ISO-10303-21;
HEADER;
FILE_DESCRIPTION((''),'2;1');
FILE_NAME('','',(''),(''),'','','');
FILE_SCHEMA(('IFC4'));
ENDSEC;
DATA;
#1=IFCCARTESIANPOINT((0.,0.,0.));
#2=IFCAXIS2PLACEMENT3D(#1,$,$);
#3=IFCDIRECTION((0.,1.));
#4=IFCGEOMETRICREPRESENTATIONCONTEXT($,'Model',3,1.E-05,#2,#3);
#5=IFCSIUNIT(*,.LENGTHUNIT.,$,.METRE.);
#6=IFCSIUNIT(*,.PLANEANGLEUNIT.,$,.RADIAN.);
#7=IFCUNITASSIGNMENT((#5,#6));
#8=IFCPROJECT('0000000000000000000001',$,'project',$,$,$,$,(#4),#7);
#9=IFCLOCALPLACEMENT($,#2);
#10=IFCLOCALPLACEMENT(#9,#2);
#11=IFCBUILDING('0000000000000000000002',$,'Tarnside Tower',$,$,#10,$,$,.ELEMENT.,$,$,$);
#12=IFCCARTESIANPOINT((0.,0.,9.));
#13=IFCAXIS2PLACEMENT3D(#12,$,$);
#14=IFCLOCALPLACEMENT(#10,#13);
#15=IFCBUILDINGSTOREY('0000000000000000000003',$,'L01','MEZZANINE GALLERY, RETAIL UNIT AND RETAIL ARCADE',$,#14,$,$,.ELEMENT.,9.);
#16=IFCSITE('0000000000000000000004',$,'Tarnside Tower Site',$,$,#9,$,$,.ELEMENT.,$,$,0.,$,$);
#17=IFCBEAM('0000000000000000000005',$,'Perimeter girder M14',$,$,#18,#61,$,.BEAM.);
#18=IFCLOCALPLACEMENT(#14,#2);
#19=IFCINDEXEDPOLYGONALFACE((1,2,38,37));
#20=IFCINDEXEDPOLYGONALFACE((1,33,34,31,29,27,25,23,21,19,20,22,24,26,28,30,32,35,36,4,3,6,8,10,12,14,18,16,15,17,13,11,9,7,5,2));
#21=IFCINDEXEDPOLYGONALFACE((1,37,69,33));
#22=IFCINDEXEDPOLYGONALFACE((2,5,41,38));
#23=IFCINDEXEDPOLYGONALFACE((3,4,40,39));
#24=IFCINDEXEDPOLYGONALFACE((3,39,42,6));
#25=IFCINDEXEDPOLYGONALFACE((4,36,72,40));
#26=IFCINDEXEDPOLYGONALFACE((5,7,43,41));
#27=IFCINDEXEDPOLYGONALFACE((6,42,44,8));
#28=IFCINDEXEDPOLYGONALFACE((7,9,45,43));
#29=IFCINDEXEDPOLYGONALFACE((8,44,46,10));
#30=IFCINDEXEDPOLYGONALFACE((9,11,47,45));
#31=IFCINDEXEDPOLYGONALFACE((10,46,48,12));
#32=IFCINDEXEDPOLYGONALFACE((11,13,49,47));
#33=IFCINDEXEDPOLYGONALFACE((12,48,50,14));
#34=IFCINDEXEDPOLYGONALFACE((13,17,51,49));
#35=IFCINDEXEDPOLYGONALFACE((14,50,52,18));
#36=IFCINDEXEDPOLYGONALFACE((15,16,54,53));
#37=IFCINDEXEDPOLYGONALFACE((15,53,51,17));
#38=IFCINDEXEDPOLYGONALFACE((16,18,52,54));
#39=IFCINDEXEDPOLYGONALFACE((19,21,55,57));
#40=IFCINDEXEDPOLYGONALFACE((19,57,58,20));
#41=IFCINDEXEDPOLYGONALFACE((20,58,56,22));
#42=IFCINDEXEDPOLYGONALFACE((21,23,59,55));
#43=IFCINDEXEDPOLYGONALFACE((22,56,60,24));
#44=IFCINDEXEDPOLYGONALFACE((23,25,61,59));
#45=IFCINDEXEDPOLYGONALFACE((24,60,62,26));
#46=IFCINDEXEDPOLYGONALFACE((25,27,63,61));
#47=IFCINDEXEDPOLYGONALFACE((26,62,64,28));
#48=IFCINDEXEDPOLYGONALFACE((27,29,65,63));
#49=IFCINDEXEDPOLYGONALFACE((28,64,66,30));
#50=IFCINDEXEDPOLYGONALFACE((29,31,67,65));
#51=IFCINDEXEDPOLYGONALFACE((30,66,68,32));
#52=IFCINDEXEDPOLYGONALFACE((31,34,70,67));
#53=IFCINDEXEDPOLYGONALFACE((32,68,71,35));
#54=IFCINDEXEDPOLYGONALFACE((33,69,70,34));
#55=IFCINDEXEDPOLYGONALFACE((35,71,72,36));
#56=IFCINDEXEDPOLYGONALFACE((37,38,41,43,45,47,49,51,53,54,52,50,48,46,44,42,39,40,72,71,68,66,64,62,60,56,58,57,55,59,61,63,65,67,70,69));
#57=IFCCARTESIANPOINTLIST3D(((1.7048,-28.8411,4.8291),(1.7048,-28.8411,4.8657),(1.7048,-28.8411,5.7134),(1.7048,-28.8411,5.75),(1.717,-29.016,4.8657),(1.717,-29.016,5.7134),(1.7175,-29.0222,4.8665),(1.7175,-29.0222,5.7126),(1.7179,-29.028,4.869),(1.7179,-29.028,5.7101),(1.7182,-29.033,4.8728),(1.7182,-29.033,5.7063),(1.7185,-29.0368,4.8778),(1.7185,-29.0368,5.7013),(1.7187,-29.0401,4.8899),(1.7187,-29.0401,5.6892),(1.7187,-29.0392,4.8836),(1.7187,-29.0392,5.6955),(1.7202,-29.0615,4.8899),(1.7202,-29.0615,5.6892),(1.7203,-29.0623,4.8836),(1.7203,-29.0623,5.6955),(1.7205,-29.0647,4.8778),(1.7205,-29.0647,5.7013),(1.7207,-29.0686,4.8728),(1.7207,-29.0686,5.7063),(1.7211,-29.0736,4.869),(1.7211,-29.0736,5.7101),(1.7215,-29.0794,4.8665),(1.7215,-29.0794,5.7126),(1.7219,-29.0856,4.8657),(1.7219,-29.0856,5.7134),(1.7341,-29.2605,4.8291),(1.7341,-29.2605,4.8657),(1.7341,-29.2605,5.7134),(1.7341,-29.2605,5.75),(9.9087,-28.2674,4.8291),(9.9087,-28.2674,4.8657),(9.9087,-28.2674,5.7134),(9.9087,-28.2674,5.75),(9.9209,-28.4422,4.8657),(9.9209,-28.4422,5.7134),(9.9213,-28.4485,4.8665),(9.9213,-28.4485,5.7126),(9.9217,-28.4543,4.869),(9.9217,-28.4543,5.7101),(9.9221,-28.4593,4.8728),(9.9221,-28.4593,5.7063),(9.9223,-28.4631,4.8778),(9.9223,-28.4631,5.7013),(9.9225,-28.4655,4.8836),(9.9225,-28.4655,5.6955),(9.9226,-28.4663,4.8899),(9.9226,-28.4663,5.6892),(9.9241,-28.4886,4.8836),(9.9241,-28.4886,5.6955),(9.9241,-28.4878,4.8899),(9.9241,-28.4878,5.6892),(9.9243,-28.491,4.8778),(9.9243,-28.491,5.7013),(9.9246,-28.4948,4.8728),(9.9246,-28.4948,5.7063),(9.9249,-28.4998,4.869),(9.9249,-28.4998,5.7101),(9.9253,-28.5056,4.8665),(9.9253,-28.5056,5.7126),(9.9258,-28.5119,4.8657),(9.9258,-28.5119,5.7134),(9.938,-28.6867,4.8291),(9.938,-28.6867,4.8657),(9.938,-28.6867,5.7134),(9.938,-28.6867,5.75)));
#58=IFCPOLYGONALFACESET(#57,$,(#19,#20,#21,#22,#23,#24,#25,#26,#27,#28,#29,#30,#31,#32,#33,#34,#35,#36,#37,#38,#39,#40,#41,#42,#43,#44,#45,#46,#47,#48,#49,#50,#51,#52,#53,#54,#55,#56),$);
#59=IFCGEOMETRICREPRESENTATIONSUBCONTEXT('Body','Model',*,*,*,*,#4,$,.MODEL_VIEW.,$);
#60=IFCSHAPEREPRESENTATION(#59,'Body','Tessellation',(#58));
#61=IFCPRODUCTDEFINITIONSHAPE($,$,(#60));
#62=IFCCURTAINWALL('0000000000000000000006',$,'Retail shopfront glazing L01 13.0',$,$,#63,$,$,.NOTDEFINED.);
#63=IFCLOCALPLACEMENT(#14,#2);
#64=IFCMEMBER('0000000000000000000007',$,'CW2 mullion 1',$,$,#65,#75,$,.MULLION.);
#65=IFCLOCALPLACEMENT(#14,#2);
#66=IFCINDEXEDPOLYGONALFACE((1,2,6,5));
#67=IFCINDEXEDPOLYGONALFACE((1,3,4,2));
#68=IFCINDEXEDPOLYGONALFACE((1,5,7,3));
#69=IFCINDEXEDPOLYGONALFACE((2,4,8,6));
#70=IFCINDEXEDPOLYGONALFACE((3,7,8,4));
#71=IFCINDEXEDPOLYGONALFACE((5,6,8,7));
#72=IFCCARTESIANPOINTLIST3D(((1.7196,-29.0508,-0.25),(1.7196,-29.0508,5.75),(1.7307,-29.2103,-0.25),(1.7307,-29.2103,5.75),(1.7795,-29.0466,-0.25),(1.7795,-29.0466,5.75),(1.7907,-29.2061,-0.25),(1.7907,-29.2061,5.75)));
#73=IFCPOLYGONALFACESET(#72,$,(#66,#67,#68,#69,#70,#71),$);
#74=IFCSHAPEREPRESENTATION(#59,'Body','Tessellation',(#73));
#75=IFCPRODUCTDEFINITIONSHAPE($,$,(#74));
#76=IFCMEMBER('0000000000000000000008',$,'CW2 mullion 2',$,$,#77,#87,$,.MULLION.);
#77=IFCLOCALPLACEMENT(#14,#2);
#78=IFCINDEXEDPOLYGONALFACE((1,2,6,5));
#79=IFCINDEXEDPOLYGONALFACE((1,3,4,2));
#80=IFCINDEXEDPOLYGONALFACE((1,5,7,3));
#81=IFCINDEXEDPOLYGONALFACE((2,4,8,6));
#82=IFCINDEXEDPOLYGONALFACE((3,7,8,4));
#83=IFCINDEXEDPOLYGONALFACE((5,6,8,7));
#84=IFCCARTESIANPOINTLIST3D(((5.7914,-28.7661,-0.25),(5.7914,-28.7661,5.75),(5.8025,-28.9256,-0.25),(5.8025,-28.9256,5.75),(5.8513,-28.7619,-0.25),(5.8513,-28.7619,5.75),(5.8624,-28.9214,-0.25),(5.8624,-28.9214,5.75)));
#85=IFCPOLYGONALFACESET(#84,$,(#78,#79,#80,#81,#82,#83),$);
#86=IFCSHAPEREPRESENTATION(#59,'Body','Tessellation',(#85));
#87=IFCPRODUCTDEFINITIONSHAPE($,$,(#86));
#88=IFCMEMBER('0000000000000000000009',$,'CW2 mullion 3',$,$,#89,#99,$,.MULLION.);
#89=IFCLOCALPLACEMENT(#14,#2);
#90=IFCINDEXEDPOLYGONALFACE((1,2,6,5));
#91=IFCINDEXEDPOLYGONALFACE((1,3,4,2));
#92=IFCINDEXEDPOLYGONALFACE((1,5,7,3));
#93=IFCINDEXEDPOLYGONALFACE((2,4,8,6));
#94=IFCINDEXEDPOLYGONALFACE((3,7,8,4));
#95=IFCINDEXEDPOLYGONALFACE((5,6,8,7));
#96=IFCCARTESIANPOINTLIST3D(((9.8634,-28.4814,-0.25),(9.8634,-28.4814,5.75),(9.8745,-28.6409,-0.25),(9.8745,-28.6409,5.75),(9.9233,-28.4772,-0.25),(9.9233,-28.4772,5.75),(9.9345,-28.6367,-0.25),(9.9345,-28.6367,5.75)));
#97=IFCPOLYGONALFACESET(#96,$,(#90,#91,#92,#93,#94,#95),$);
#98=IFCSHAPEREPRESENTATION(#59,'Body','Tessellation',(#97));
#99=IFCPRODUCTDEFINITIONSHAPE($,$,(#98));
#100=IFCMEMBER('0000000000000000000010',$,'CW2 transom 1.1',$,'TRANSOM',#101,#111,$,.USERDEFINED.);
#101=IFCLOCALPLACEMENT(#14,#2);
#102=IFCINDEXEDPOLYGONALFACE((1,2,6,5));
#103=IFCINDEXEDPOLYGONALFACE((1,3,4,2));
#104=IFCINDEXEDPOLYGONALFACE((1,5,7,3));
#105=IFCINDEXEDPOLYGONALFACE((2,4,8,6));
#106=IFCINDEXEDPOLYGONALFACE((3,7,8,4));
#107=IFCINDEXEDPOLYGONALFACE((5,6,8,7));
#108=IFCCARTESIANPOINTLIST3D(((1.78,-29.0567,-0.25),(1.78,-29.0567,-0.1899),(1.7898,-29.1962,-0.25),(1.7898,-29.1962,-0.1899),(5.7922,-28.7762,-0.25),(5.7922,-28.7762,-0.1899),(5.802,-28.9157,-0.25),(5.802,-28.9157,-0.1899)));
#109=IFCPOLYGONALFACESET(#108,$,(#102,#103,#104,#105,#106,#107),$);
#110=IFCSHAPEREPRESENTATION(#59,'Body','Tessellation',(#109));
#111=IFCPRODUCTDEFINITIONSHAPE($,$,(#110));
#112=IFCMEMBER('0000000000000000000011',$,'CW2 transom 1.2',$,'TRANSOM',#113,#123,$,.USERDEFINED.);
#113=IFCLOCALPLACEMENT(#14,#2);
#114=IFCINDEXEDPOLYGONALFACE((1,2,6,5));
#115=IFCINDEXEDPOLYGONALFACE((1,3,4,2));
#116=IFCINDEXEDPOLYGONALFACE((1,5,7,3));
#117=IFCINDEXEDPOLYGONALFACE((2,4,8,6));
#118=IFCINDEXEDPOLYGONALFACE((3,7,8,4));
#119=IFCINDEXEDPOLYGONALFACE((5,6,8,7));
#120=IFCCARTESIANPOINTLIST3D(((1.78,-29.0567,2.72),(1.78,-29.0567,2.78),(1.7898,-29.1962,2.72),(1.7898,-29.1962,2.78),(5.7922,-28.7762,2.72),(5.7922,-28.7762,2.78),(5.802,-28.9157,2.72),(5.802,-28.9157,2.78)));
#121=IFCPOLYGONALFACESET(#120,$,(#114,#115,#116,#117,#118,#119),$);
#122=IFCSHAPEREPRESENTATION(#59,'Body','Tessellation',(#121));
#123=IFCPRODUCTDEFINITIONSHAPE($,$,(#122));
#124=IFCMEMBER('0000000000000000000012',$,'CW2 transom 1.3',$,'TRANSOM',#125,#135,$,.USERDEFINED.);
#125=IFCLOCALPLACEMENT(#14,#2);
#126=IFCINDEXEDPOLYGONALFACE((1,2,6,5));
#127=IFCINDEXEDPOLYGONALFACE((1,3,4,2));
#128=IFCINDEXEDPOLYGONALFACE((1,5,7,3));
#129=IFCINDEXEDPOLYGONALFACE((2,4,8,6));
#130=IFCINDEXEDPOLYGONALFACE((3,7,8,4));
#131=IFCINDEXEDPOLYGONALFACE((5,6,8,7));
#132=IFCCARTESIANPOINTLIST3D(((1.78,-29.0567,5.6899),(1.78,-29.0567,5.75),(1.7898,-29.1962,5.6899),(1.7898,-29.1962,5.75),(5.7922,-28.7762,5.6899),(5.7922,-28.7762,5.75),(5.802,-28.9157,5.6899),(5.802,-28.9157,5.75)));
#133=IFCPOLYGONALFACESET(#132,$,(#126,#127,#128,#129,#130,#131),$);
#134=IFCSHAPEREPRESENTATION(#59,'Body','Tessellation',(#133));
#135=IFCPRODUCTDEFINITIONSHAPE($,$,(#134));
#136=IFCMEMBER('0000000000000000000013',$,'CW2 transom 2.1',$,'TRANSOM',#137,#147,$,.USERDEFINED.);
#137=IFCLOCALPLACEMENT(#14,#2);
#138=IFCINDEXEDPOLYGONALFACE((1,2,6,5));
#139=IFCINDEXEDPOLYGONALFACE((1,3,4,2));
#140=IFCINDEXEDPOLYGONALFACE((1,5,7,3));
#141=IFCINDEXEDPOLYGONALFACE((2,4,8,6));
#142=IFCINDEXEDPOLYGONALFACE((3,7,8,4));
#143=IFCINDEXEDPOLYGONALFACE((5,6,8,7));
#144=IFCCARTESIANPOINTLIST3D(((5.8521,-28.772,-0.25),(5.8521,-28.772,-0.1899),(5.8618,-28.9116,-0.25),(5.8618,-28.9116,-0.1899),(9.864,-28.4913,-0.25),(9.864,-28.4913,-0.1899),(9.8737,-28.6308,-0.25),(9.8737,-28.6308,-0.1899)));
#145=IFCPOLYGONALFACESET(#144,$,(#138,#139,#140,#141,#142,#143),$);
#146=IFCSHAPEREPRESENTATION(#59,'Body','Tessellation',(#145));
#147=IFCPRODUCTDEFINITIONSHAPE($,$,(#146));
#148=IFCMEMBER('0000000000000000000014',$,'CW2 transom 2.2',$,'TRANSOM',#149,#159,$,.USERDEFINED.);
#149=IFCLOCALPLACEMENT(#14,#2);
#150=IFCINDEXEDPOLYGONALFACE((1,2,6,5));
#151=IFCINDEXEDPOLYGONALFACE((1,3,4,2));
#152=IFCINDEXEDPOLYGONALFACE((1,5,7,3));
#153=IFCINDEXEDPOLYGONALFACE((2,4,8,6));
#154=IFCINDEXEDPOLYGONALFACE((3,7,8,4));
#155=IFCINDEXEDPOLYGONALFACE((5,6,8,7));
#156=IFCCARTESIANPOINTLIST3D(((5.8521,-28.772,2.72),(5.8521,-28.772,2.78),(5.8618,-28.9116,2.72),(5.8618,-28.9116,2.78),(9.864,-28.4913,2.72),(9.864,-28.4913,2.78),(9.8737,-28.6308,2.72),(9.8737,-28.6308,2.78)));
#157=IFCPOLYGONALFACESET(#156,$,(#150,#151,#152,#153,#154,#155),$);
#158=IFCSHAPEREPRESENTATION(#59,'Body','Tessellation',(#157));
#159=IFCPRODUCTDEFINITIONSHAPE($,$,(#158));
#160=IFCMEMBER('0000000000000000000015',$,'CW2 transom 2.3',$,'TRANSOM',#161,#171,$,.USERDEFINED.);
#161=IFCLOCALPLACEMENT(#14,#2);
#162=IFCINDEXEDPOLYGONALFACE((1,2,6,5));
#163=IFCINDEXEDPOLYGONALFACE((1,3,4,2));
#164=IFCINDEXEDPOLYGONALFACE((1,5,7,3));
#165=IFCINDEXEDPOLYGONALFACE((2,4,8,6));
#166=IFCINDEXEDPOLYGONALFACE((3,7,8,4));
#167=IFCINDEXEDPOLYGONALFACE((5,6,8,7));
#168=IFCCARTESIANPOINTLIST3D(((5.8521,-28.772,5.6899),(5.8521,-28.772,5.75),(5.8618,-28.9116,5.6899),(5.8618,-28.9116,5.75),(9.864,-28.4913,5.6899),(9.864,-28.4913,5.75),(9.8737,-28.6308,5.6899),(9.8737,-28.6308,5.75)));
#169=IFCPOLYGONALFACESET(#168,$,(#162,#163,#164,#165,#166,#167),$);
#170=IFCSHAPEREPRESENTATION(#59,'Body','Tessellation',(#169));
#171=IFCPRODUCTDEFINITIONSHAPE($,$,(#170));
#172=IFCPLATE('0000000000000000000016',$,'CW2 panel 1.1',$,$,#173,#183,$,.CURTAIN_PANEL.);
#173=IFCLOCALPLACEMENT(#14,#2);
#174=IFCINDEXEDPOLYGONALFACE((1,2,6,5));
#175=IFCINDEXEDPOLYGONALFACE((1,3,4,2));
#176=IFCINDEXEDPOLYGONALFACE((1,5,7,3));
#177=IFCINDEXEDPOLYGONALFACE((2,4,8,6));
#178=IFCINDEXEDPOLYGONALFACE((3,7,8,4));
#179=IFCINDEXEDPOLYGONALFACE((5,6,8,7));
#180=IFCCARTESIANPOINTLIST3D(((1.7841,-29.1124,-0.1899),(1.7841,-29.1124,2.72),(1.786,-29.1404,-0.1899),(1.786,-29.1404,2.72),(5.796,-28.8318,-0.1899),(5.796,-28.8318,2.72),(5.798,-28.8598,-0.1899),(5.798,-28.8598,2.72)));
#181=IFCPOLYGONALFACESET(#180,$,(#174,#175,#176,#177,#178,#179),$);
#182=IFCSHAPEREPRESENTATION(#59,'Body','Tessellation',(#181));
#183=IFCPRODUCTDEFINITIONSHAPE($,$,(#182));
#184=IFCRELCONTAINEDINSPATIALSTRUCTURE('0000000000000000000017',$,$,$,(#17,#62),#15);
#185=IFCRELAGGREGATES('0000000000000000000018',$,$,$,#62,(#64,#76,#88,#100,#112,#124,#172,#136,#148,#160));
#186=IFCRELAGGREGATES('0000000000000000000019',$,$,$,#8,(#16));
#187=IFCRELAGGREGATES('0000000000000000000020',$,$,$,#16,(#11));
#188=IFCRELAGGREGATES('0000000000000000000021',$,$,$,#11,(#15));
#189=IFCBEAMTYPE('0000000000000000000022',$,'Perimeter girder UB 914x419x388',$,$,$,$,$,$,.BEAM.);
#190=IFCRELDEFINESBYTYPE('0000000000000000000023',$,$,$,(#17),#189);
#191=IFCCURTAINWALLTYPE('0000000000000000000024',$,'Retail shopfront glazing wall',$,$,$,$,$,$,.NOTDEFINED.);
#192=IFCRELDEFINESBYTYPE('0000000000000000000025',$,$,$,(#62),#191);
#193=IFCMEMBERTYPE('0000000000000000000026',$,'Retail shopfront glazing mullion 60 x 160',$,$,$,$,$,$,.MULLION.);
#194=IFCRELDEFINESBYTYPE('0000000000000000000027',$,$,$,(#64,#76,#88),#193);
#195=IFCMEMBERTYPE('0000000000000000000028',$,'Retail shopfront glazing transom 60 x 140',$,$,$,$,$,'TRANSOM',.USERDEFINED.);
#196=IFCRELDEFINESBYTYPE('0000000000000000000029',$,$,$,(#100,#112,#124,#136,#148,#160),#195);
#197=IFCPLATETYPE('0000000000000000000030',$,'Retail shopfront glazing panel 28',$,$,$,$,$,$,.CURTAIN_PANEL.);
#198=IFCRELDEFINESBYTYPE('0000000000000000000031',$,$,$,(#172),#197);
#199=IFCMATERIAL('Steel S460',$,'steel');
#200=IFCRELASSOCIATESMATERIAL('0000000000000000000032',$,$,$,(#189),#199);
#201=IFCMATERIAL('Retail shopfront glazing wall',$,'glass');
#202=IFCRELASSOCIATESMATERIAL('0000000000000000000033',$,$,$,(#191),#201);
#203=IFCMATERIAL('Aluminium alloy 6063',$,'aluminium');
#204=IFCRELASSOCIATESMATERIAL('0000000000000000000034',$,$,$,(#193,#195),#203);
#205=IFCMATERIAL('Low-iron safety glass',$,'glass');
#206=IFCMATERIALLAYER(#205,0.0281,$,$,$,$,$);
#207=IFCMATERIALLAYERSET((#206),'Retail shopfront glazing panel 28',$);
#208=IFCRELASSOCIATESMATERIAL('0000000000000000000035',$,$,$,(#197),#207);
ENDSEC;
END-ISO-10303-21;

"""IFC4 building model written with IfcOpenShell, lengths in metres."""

from ifc_helpers import new_model, si_unit, direction, frame, origin, origin_2d, place, context, subcontext, project, spatial, rectangle, i_section, extrude, material, layer, layer_set, material_profile, profile_set, type_object, element, aggregate, save


model = new_model("IFC4")

# Units and contexts
model_context = context("Model", 3, precision=1e-05, world=origin(), true_north=direction((0.0, 1.0)))
body_context = subcontext(model_context, "Body", "Model", "MODEL_VIEW")
ifc_project = project(units=[si_unit("LENGTHUNIT", "METRE"), si_unit("PLANEANGLEUNIT", "RADIAN")], contexts=[model_context])

# Site, building, storey
site_placement = place(None, origin())
site = spatial("IfcSite", under=ifc_project, at=site_placement, Name="Tarnside Tower Site", CompositionType="ELEMENT", RefElevation=0.0)
building_placement = place(site_placement, origin())
building = spatial("IfcBuilding", under=site, at=building_placement, Name="Tarnside Tower", CompositionType="ELEMENT")
storey_placement = place(building_placement, frame((0.0, 0.0, 9.0)))
storey = spatial("IfcBuildingStorey", under=building, at=storey_placement, Name="L01", Description="MEZZANINE GALLERY, RETAIL UNIT AND RETAIL ARCADE", CompositionType="ELEMENT", Elevation=9.0)

# Beam
ifc_material_1 = material(Name="Steel S460", Category="steel")
ifc_material_profile_1 = material_profile(ifc_material_1, i_section(OverallWidth=0.4204, OverallDepth=0.9209, WebThickness=0.0215, FlangeThickness=0.0366, FilletRadius=0.0242, at=origin_2d()), Name="UB 914x419x388")
ifc_profile_set_1 = profile_set([ifc_material_profile_1], Name="Steel S460")
beam_type_1 = type_object("IfcBeamType", Name="Perimeter girder UB 914x419x388", PredefinedType="BEAM", material=ifc_profile_set_1)
beam_1_placement = place(storey_placement, frame((1.7195, -29.0508, 5.2896), z_axis=(0.997564, 0.069764, 0.0), x_axis=(-0.069764, 0.997564, 0.0)))
element("IfcBeam", 1, at=beam_1_placement, inside=storey, type_object=beam_type_1, Name="Perimeter girder M14", PredefinedType="BEAM", context=body_context, shape_type="SweptSolid", body=[
    extrude(i_section(OverallWidth=0.4204, OverallDepth=0.9209, WebThickness=0.0215, FlangeThickness=0.0366, FilletRadius=0.0242, at=origin_2d()), origin(), (0.0, 0.0, 1.0), 8.2239),
])

# Curtain wall, members, plate
ifc_material_2 = material(Name="Retail shopfront glazing wall", Category="glass")
curtain_wall_type = type_object("IfcCurtainWallType", Name="Retail shopfront glazing wall", PredefinedType="NOTDEFINED", material=ifc_material_2)
curtain_wall_placement = place(storey_placement, origin())
curtain_wall = element("IfcCurtainWall", 2, at=curtain_wall_placement, inside=storey, type_object=curtain_wall_type, Name="Retail shopfront glazing L01 13.0", PredefinedType="NOTDEFINED")
ifc_material_3 = material(Name="Aluminium alloy 6063", Category="aluminium")
ifc_material_profile_2 = material_profile(ifc_material_3, rectangle(XDim=0.1599, YDim=0.0601, at=origin_2d()), Name="Retail shopfront glazing mullion 60 x 160")
ifc_profile_set_2 = profile_set([ifc_material_profile_2], Name="Aluminium alloy 6063")
member_type_1 = type_object("IfcMemberType", Name="Retail shopfront glazing mullion 60 x 160", PredefinedType="MULLION", material=ifc_profile_set_2)
member_1_placement = place(storey_placement, frame((1.7551, -29.1284, -0.25), z_axis=(0.0, 0.0, 1.0), x_axis=(-0.069756, 0.997564, 0.0)))
member_1 = element("IfcMember", 3, at=member_1_placement, type_object=member_type_1, Name="CW2 mullion 1", PredefinedType="MULLION", context=body_context, shape_type="SweptSolid", body=[
    extrude(rectangle(XDim=0.1599, YDim=0.0601, at=origin_2d()), origin(), (0.0, 0.0, 1.0), 6.0),
])
member_2_placement = place(storey_placement, frame((5.8269, -28.8438, -0.25), z_axis=(0.0, 0.0, 1.0), x_axis=(-0.069756, 0.997564, 0.0)))
member_2 = element("IfcMember", 4, at=member_2_placement, type_object=member_type_1, Name="CW2 mullion 2", PredefinedType="MULLION", context=body_context, shape_type="SweptSolid", body=[
    extrude(rectangle(XDim=0.1599, YDim=0.0601, at=origin_2d()), origin(), (0.0, 0.0, 1.0), 6.0),
])
member_3_placement = place(storey_placement, frame((9.8989, -28.5591, -0.25), z_axis=(0.0, 0.0, 1.0), x_axis=(-0.069756, 0.997564, 0.0)))
member_3 = element("IfcMember", 5, at=member_3_placement, type_object=member_type_1, Name="CW2 mullion 3", PredefinedType="MULLION", context=body_context, shape_type="SweptSolid", body=[
    extrude(rectangle(XDim=0.1599, YDim=0.0601, at=origin_2d()), origin(), (0.0, 0.0, 1.0), 6.0),
])
ifc_material_profile_3 = material_profile(ifc_material_3, rectangle(XDim=0.1399, YDim=0.0601, at=origin_2d()), Name="Retail shopfront glazing transom 60 x 140")
ifc_profile_set_3 = profile_set([ifc_material_profile_3], Name="Aluminium alloy 6063")
member_type_2 = type_object("IfcMemberType", Name="Retail shopfront glazing transom 60 x 140", ElementType="TRANSOM", PredefinedType="USERDEFINED", material=ifc_profile_set_3)
member_4_placement = place(storey_placement, frame((1.7849, -29.1265, -0.22), z_axis=(0.997565, 0.069746, 0.0), x_axis=(-0.069746, 0.997565, 0.0)))
member_4 = element("IfcMember", 6, at=member_4_placement, type_object=member_type_2, Name="CW2 transom 1.1", ObjectType="TRANSOM", PredefinedType="USERDEFINED", context=body_context, shape_type="SweptSolid", body=[
    extrude(rectangle(XDim=0.1399, YDim=0.0601, at=origin_2d()), origin(), (0.0, 0.0, 1.0), 4.022),
])
member_5_placement = place(storey_placement, frame((1.7849, -29.1265, 2.75), z_axis=(0.997565, 0.069746, 0.0), x_axis=(-0.069746, 0.997565, 0.0)))
member_5 = element("IfcMember", 7, at=member_5_placement, type_object=member_type_2, Name="CW2 transom 1.2", ObjectType="TRANSOM", PredefinedType="USERDEFINED", context=body_context, shape_type="SweptSolid", body=[
    extrude(rectangle(XDim=0.1399, YDim=0.0601, at=origin_2d()), origin(), (0.0, 0.0, 1.0), 4.022),
])
member_6_placement = place(storey_placement, frame((1.7849, -29.1265, 5.72), z_axis=(0.997565, 0.069746, 0.0), x_axis=(-0.069746, 0.997565, 0.0)))
member_6 = element("IfcMember", 8, at=member_6_placement, type_object=member_type_2, Name="CW2 transom 1.3", ObjectType="TRANSOM", PredefinedType="USERDEFINED", context=body_context, shape_type="SweptSolid", body=[
    extrude(rectangle(XDim=0.1399, YDim=0.0601, at=origin_2d()), origin(), (0.0, 0.0, 1.0), 4.022),
])
member_7_placement = place(storey_placement, frame((5.8569, -28.8418, -0.22), z_axis=(0.99756, 0.06981, 0.0), x_axis=(-0.06981, 0.99756, 0.0)))
member_7 = element("IfcMember", 9, at=member_7_placement, type_object=member_type_2, Name="CW2 transom 2.1", ObjectType="TRANSOM", PredefinedType="USERDEFINED", context=body_context, shape_type="SweptSolid", body=[
    extrude(rectangle(XDim=0.1399, YDim=0.0601, at=origin_2d()), origin(), (0.0, 0.0, 1.0), 4.0217),
])
member_8_placement = place(storey_placement, frame((5.8569, -28.8418, 2.75), z_axis=(0.99756, 0.06981, 0.0), x_axis=(-0.06981, 0.99756, 0.0)))
member_8 = element("IfcMember", 10, at=member_8_placement, type_object=member_type_2, Name="CW2 transom 2.2", ObjectType="TRANSOM", PredefinedType="USERDEFINED", context=body_context, shape_type="SweptSolid", body=[
    extrude(rectangle(XDim=0.1399, YDim=0.0601, at=origin_2d()), origin(), (0.0, 0.0, 1.0), 4.0217),
])
member_9_placement = place(storey_placement, frame((5.8569, -28.8418, 5.72), z_axis=(0.99756, 0.06981, 0.0), x_axis=(-0.06981, 0.99756, 0.0)))
member_9 = element("IfcMember", 11, at=member_9_placement, type_object=member_type_2, Name="CW2 transom 2.3", ObjectType="TRANSOM", PredefinedType="USERDEFINED", context=body_context, shape_type="SweptSolid", body=[
    extrude(rectangle(XDim=0.1399, YDim=0.0601, at=origin_2d()), origin(), (0.0, 0.0, 1.0), 4.0217),
])
ifc_material_4 = material(Name="Low-iron safety glass", Category="glass")
ifc_layer_1 = layer(ifc_material_4, 0.0281)
ifc_layer_set_1 = layer_set([ifc_layer_1], Name="Retail shopfront glazing panel 28")
plate_type = type_object("IfcPlateType", Name="Retail shopfront glazing panel 28", PredefinedType="CURTAIN_PANEL", material=ifc_layer_set_1)
plate_1_placement = place(storey_placement, frame((3.791, -28.9861, -0.1899), z_axis=(0.0, 0.0, 1.0), x_axis=(0.997564, 0.069756, 0.0)))
plate_1 = element("IfcPlate", 12, at=plate_1_placement, type_object=plate_type, Name="CW2 panel 1.1", PredefinedType="CURTAIN_PANEL", context=body_context, shape_type="SweptSolid", body=[
    extrude(rectangle(XDim=4.0217, YDim=0.0281, at=origin_2d()), origin(), (0.0, 0.0, 1.0), 2.9099),
])
aggregate(curtain_wall, [member_1, member_2, member_3, member_4, member_5, member_6, plate_1, member_7, member_8, member_9])

save(model, "model.ifc")
